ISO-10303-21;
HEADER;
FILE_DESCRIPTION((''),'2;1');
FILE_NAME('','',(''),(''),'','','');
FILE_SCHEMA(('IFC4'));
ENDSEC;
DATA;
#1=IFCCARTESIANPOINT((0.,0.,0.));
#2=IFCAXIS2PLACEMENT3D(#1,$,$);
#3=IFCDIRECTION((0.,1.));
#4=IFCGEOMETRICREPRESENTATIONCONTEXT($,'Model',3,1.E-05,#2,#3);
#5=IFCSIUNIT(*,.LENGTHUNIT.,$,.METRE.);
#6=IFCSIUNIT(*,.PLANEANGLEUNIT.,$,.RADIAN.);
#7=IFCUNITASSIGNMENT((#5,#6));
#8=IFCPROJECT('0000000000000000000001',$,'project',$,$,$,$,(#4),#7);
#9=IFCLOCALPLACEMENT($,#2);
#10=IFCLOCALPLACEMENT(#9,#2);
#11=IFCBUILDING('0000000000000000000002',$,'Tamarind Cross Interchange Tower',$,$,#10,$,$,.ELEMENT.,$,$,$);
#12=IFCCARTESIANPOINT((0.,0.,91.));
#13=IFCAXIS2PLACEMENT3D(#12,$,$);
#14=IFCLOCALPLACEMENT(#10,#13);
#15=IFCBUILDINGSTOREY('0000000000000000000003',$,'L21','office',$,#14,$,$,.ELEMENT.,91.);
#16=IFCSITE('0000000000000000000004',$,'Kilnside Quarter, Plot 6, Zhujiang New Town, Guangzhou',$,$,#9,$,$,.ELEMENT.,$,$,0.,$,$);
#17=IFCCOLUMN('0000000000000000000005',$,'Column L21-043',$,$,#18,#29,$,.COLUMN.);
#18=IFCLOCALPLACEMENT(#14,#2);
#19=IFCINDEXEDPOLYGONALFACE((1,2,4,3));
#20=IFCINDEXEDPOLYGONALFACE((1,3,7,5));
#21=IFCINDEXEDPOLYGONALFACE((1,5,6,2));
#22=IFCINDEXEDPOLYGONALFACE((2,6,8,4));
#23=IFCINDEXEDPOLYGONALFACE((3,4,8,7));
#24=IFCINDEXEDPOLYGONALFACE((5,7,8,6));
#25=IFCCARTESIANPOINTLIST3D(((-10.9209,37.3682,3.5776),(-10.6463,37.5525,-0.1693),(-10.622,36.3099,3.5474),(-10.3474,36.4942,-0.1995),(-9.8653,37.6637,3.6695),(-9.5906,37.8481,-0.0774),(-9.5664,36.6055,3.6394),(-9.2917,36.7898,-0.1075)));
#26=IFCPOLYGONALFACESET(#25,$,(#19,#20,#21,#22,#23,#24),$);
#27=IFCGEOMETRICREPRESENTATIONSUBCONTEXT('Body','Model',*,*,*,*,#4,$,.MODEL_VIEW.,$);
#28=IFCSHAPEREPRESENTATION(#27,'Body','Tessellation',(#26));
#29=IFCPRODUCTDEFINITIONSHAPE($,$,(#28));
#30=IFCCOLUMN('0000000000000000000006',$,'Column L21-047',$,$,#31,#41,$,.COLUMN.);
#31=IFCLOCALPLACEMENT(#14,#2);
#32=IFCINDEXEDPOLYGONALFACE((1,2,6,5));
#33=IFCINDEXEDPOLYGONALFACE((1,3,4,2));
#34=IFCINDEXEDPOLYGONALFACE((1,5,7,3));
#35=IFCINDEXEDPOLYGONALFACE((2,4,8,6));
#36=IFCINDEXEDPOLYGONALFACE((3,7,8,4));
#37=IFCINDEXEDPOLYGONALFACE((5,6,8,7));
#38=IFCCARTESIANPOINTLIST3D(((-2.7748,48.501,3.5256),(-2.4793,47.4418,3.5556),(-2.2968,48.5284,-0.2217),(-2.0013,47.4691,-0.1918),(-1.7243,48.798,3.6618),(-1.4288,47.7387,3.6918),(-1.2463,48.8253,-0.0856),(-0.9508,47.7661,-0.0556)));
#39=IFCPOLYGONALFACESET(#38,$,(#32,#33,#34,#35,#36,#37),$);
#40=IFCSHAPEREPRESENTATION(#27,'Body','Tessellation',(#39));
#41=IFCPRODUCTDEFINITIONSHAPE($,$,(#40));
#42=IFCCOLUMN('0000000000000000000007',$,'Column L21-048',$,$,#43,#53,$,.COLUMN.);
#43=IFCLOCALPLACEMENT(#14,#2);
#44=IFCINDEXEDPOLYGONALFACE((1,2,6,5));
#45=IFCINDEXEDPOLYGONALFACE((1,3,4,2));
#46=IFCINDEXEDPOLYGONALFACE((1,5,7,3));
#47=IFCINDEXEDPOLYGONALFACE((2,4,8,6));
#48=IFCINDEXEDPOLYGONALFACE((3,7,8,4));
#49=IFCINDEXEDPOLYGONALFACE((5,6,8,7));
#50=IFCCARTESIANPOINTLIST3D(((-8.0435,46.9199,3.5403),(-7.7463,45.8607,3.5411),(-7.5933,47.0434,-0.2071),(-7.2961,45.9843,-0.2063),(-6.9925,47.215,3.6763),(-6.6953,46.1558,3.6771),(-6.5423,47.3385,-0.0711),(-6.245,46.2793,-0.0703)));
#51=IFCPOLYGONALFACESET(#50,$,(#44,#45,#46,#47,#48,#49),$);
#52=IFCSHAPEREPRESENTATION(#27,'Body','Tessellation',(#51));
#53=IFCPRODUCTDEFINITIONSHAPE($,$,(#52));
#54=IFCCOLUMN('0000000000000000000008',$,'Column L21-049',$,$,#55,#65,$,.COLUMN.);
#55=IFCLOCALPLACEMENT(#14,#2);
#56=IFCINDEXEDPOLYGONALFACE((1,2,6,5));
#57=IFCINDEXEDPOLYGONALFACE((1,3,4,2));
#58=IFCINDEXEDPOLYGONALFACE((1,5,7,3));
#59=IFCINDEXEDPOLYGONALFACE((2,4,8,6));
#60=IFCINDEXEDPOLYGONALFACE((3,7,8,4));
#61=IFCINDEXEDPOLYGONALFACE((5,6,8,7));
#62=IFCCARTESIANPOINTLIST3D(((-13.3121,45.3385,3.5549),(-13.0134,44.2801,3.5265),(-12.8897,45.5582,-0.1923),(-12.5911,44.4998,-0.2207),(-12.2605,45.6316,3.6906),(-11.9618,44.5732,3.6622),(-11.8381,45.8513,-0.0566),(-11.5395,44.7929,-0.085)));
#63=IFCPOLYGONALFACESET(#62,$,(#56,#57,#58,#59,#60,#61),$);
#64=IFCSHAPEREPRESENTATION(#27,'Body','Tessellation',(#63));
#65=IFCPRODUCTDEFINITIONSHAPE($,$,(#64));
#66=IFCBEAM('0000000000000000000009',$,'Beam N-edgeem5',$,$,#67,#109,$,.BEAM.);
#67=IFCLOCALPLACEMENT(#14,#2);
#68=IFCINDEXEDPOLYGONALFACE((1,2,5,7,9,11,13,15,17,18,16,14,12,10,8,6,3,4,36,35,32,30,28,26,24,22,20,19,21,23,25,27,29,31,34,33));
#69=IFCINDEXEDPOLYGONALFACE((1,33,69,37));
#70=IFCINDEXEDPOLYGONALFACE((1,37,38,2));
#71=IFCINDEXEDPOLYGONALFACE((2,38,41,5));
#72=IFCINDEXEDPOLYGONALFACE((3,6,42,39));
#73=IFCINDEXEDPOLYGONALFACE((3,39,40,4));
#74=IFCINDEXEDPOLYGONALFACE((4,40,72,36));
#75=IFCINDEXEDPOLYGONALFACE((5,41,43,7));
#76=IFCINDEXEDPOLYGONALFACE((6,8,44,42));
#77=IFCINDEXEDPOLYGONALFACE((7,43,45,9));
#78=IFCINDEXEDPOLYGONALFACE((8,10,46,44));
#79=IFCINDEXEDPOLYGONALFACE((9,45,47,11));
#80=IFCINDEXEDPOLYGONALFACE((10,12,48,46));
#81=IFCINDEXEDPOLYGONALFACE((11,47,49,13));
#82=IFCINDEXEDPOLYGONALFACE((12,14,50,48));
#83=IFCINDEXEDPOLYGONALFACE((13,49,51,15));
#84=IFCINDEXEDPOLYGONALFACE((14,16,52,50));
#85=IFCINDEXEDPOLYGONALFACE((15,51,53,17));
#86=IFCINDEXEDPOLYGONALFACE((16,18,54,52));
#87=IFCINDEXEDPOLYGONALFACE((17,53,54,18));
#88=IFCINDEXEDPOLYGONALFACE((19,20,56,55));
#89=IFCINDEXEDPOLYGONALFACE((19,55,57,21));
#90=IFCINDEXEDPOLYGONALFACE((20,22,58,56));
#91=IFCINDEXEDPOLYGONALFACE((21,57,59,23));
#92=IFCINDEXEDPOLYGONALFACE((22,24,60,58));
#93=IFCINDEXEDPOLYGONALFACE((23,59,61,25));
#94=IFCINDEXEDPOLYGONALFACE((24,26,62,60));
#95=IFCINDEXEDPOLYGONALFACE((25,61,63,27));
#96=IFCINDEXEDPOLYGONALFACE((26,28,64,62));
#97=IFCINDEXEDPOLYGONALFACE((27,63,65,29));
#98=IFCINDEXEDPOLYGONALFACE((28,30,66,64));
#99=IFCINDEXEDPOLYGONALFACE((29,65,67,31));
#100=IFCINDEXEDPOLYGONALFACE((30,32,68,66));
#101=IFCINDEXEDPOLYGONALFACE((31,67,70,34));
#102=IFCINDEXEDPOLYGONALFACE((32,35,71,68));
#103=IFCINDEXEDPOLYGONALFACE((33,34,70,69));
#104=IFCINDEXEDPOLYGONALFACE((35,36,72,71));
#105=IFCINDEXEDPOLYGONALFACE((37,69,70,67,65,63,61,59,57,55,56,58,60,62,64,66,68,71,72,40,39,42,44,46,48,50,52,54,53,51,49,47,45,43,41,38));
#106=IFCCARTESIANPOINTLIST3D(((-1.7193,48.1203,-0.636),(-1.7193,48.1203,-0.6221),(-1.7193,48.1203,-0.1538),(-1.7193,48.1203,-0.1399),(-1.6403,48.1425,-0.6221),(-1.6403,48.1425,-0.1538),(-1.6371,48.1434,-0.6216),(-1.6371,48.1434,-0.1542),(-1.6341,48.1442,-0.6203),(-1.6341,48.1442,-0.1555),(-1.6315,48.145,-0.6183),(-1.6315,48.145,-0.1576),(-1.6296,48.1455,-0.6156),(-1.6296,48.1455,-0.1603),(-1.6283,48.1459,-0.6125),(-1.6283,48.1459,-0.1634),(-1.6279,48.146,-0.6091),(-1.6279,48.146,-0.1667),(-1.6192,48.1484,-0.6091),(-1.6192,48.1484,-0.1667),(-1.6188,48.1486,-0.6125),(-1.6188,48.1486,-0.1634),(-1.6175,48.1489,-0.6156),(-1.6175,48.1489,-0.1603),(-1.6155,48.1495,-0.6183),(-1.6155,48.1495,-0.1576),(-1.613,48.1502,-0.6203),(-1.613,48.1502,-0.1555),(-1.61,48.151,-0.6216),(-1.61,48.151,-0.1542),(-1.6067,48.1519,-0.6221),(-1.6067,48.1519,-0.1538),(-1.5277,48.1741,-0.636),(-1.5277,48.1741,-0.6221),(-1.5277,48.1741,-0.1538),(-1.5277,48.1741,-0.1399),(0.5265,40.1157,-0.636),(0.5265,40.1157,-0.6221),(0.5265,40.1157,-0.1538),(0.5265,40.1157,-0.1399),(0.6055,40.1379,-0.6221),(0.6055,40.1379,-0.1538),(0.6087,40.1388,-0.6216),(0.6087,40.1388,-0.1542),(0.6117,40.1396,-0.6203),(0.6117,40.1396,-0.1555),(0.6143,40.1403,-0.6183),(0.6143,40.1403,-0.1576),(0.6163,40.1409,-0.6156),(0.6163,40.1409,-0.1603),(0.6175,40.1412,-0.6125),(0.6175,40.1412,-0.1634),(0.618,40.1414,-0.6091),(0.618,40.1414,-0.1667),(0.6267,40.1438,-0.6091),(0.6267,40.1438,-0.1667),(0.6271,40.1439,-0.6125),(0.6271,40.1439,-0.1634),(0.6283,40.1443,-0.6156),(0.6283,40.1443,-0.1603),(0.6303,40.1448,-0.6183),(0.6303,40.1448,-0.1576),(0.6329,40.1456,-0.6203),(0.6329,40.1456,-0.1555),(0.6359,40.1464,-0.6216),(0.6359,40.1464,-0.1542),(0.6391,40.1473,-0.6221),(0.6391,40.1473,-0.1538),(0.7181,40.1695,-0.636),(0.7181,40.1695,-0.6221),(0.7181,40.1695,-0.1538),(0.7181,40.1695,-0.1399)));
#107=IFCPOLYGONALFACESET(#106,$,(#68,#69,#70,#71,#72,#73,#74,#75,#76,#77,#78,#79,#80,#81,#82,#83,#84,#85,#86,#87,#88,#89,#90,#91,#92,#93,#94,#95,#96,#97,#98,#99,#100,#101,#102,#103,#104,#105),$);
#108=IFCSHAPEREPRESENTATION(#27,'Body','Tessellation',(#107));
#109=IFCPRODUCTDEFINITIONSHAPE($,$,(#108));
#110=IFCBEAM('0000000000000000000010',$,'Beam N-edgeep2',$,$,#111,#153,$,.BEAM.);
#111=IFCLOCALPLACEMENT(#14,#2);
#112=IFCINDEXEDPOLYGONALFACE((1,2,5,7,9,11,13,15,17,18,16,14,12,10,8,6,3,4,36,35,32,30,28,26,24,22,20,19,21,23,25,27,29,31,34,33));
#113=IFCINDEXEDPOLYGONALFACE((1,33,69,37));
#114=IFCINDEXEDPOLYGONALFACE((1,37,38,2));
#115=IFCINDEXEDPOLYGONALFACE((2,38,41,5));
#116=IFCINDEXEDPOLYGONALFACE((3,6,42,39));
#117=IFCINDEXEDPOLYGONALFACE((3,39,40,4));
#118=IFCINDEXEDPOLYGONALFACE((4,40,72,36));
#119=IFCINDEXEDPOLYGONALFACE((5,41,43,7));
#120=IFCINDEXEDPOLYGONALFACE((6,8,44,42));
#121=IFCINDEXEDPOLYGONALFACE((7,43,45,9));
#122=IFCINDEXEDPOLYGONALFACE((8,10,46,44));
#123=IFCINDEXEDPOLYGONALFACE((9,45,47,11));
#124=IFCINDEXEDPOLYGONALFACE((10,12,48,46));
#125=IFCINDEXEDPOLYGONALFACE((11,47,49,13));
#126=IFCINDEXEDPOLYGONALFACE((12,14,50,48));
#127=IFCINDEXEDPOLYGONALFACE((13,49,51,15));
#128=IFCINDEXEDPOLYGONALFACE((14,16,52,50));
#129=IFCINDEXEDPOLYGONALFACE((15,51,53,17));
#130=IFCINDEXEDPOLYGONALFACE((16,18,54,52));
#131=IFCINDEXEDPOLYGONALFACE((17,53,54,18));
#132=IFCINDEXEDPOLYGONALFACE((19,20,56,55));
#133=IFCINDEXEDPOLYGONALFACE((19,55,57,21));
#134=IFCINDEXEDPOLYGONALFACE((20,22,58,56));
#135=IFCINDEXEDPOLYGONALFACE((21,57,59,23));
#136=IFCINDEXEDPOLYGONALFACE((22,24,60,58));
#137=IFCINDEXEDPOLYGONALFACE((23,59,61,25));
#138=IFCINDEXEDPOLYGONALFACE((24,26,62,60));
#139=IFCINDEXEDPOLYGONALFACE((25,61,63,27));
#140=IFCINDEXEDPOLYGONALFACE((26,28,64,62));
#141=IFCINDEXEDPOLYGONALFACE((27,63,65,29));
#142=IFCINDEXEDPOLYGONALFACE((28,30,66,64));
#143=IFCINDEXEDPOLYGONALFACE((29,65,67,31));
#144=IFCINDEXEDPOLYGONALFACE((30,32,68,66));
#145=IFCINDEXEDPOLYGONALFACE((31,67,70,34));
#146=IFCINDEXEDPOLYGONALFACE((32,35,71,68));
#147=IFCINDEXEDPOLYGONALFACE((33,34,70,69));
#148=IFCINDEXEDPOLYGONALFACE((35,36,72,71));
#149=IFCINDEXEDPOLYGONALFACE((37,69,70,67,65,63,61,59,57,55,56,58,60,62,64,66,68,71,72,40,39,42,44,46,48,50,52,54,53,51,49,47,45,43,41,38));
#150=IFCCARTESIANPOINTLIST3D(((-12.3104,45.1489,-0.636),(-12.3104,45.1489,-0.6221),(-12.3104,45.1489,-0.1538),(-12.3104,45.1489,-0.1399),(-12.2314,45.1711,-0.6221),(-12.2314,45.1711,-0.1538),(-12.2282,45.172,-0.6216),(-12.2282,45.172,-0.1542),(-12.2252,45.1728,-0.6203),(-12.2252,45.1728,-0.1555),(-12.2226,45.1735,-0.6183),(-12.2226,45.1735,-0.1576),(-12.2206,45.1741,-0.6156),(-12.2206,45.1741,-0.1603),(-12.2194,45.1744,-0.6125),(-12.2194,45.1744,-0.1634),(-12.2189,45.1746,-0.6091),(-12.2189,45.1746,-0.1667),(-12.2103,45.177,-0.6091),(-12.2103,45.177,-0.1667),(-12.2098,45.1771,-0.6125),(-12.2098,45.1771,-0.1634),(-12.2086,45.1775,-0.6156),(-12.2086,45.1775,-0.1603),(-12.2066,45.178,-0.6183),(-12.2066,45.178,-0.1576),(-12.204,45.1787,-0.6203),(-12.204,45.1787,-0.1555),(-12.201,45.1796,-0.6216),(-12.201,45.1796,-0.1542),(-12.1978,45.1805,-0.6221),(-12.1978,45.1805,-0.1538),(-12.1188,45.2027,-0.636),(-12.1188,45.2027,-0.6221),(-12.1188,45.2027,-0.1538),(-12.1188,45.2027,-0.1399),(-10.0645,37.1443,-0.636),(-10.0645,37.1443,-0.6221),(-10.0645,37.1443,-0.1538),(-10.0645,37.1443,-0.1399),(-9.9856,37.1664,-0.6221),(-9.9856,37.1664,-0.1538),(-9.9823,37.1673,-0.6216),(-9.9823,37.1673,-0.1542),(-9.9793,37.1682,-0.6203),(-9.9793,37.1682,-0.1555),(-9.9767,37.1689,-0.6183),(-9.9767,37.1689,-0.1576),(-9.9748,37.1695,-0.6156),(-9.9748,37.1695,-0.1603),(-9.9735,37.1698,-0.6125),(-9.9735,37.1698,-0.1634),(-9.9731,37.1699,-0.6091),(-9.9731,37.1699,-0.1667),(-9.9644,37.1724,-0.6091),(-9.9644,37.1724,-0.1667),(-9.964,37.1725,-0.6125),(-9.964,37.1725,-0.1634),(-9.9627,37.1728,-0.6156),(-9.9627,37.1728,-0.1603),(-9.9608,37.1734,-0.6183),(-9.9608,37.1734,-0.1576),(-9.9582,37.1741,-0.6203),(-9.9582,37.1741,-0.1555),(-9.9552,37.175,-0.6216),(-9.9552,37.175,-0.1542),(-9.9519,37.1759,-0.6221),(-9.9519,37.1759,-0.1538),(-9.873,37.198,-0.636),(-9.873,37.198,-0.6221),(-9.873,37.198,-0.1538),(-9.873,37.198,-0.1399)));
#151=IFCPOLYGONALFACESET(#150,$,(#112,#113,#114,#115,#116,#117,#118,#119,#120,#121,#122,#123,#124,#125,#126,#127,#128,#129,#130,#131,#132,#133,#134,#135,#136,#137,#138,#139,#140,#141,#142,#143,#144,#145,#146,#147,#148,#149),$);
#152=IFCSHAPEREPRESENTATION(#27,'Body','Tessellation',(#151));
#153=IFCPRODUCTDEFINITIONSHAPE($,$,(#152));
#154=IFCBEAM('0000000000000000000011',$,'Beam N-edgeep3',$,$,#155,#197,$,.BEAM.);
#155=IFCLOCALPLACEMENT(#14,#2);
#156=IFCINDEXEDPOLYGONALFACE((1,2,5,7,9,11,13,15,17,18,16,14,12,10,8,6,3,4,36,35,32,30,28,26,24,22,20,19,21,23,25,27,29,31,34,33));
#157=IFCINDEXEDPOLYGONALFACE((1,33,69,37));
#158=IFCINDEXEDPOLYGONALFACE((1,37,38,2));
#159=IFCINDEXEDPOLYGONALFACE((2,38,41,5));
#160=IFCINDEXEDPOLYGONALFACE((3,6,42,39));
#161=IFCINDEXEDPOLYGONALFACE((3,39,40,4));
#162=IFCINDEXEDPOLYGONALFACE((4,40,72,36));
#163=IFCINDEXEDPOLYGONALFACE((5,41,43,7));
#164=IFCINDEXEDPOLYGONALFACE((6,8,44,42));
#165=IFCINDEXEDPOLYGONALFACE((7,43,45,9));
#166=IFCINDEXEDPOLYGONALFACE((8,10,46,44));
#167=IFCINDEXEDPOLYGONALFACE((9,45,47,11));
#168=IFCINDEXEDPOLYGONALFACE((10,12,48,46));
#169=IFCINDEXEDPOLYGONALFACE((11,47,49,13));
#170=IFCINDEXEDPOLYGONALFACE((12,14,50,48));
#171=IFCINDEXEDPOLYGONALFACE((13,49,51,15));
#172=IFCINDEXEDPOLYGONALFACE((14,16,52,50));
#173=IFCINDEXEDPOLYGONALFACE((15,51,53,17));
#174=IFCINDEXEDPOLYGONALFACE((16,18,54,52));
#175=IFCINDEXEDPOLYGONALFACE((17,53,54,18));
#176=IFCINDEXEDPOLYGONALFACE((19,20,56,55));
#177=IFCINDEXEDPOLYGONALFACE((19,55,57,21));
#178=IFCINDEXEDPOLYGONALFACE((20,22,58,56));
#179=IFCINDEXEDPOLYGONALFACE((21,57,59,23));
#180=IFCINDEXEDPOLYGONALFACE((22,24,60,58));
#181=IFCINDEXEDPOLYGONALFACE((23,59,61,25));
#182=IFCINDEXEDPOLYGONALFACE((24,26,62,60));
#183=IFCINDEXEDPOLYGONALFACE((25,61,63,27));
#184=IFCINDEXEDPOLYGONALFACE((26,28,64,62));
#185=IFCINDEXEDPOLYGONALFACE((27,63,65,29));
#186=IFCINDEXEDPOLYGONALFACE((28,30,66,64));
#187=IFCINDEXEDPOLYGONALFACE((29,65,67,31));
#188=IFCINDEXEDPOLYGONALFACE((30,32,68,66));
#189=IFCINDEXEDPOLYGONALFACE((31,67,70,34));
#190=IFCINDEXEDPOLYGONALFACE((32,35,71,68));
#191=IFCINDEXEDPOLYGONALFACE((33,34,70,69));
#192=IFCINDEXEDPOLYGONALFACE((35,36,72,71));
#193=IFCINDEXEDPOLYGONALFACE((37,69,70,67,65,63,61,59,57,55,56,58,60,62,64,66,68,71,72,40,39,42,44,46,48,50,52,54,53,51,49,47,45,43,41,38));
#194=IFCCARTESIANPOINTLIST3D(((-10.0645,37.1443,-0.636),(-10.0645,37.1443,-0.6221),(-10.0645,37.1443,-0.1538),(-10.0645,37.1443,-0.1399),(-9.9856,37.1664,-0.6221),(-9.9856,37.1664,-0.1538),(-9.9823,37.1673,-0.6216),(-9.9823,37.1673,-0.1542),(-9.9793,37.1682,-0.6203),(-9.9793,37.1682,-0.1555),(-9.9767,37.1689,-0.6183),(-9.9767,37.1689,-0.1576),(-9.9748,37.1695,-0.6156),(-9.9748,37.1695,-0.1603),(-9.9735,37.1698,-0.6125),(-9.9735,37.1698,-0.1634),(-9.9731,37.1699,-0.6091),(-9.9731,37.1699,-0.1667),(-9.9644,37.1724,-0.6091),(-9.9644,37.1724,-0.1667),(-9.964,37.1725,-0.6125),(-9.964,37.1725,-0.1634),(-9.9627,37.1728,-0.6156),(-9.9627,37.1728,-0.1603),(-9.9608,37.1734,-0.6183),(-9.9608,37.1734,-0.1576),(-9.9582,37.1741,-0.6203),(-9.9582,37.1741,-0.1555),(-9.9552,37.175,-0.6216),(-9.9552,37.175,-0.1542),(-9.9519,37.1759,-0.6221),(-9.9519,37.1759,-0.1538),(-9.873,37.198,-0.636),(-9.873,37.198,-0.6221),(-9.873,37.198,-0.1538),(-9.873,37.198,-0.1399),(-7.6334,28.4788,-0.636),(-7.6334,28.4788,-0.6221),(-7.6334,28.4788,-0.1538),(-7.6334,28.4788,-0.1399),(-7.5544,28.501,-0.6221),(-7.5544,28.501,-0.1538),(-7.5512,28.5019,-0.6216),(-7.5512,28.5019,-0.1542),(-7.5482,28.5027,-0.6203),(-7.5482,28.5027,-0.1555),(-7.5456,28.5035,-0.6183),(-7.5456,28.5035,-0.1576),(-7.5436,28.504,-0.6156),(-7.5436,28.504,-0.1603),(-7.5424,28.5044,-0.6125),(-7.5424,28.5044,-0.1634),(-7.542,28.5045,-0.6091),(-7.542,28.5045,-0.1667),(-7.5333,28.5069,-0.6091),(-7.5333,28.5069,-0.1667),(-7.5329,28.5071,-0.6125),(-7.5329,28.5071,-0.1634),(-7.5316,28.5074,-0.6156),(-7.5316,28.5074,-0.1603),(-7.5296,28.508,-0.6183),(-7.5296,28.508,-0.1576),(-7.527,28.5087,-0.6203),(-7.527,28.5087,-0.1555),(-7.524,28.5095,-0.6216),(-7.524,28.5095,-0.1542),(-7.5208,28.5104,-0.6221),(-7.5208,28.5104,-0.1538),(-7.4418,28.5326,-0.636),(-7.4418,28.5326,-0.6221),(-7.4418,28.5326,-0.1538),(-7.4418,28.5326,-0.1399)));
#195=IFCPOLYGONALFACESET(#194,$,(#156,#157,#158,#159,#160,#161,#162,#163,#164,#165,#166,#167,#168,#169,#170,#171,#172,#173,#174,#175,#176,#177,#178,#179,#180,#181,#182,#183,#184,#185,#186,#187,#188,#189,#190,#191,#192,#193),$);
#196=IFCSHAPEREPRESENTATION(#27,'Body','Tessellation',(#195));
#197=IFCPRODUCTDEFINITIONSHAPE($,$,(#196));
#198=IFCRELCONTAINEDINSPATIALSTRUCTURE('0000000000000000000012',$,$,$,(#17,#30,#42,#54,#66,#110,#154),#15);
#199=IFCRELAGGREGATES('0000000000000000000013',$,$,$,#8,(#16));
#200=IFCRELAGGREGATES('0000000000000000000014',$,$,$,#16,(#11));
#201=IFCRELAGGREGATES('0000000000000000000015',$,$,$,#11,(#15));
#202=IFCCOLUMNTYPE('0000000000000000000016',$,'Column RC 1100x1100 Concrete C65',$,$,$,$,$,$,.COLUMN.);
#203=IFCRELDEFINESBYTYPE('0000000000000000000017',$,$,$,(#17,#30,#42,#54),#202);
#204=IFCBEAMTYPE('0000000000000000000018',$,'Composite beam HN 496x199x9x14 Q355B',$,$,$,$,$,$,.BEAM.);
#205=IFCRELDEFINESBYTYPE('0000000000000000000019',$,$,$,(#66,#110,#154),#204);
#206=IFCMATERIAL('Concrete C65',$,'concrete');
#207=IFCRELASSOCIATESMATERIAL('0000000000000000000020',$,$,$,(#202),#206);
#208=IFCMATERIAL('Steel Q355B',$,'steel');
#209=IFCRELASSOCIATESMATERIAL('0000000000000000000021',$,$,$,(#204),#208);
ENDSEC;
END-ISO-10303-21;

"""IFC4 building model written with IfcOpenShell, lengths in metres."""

from ifc_helpers import new_model, si_unit, direction, frame, origin, origin_2d, place, context, subcontext, project, spatial, rectangle, i_section, extrude, material, material_profile, profile_set, type_object, element, save


model = new_model("IFC4")

# Units and contexts
model_context = context("Model", 3, precision=1e-05, world=origin(), true_north=direction((0.0, 1.0)))
body_context = subcontext(model_context, "Body", "Model", "MODEL_VIEW")
ifc_project = project(units=[si_unit("LENGTHUNIT", "METRE"), si_unit("PLANEANGLEUNIT", "RADIAN")], contexts=[model_context])

# Site, building, storey
site_placement = place(None, origin())
site = spatial("IfcSite", under=ifc_project, at=site_placement, Name="Kilnside Quarter, Plot 6, Zhujiang New Town, Guangzhou", CompositionType="ELEMENT", RefElevation=0.0)
building_placement = place(site_placement, origin())
building = spatial("IfcBuilding", under=site, at=building_placement, Name="Tamarind Cross Interchange Tower", CompositionType="ELEMENT")
storey_placement = place(building_placement, frame((0.0, 0.0, 91.0)))
storey = spatial("IfcBuildingStorey", under=building, at=storey_placement, Name="L21", Description="office", CompositionType="ELEMENT", Elevation=91.0)

# Columns
ifc_material_1 = material(Name="Concrete C65", Category="concrete")
ifc_material_profile_1 = material_profile(ifc_material_1, rectangle(XDim=1.1001, YDim=1.1001, at=origin_2d()), Name="RC 1100x1100")
ifc_profile_set_1 = profile_set([ifc_material_profile_1], Name="Concrete C65")
column_type = type_object("IfcColumnType", Name="Column RC 1100x1100 Concrete C65", PredefinedType="COLUMN", material=ifc_profile_set_1)
column_1_placement = place(storey_placement, frame((-9.969, 37.1711, -0.1384), z_axis=(-0.07302, -0.049005, 0.996126), x_axis=(0.959601, 0.268669, 0.08356)))
element("IfcColumn", 1, at=column_1_placement, inside=storey, type_object=column_type, Name="Column L21-043", PredefinedType="COLUMN", context=body_context, shape_type="SweptSolid", body=[
    extrude(rectangle(XDim=1.1001, YDim=1.1001, at=origin_2d()), origin(), (0.0, 0.0, 1.0), 3.7615),
])
column_2_placement = place(storey_placement, frame((-1.6238, 48.1472, -0.1387), z_axis=(-0.126537, -0.007238, 0.991936), x_axis=(0.268633, -0.962857, 0.027242)))
element("IfcColumn", 2, at=column_2_placement, inside=storey, type_object=column_type, Name="Column L21-047", PredefinedType="COLUMN", context=body_context, shape_type="SweptSolid", body=[
    extrude(rectangle(XDim=1.1001, YDim=1.1001, at=origin_2d()), origin(), (0.0, 0.0, 1.0), 3.7778),
])
column_3_placement = place(storey_placement, frame((-6.9192, 46.6614, -0.1387), z_axis=(-0.119217, -0.032713, 0.992329), x_axis=(0.270211, -0.962801, 0.000723)))
element("IfcColumn", 3, at=column_3_placement, inside=storey, type_object=column_type, Name="Column L21-048", PredefinedType="COLUMN", context=body_context, shape_type="SweptSolid", body=[
    extrude(rectangle(XDim=1.1001, YDim=1.1001, at=origin_2d()), origin(), (0.0, 0.0, 1.0), 3.7764),
])
column_4_placement = place(storey_placement, frame((-12.2146, 45.1755, -0.1387), z_axis=(-0.111812, -0.058168, 0.992025), x_axis=(0.955923, 0.266445, 0.123366)))
element("IfcColumn", 4, at=column_4_placement, inside=storey, type_object=column_type, Name="Column L21-049", PredefinedType="COLUMN", context=body_context, shape_type="SweptSolid", body=[
    extrude(rectangle(XDim=1.1001, YDim=1.1001, at=origin_2d()), origin(), (0.0, 0.0, 1.0), 3.7773),
])

# Beams
ifc_material_2 = material(Name="Steel Q355B", Category="steel")
ifc_material_profile_2 = material_profile(ifc_material_2, i_section(OverallWidth=0.199, OverallDepth=0.4961, WebThickness=0.009, FlangeThickness=0.0139, FilletRadius=0.0129, at=origin_2d()), Name="HN 496x199x9x14")
ifc_profile_set_2 = profile_set([ifc_material_profile_2], Name="Steel Q355B")
beam_type_1 = type_object("IfcBeamType", Name="Composite beam HN 496x199x9x14 Q355B", PredefinedType="BEAM", material=ifc_profile_set_2)
for number, where, z_axis, x_axis, name in (
    (5, (-1.6235, 48.1472, -0.3879), (0.270137, -0.962822, 0.0), (0.962822, 0.270137, 0.0), "Beam N-edgeem5"),
    (6, (-12.2146, 45.1758, -0.3879), (0.270137, -0.962822, 0.0), (0.962822, 0.270137, 0.0), "Beam N-edgeep2"),
):
    element("IfcBeam", number, at=place(storey_placement, frame(where, z_axis=z_axis, x_axis=x_axis)), inside=storey, type_object=beam_type_1, Name=name, PredefinedType="BEAM", context=body_context, shape_type="SweptSolid", body=[
        extrude(i_section(OverallWidth=0.199, OverallDepth=0.4961, WebThickness=0.009, FlangeThickness=0.0139, FilletRadius=0.0129, at=origin_2d()), origin(), (0.0, 0.0, 1.0), 8.3137),
    ])
beam_1_placement = place(storey_placement, frame((-9.9688, 37.1711, -0.3879), z_axis=(0.270125, -0.962825, 0.0), x_axis=(0.962825, 0.270125, 0.0)))
element("IfcBeam", 7, at=beam_1_placement, inside=storey, type_object=beam_type_1, Name="Beam N-edgeep3", PredefinedType="BEAM", context=body_context, shape_type="SweptSolid", body=[
    extrude(i_section(OverallWidth=0.199, OverallDepth=0.4961, WebThickness=0.009, FlangeThickness=0.0139, FilletRadius=0.0129, at=origin_2d()), origin(), (0.0, 0.0, 1.0), 9.0),
])

save(model, "model.ifc")
